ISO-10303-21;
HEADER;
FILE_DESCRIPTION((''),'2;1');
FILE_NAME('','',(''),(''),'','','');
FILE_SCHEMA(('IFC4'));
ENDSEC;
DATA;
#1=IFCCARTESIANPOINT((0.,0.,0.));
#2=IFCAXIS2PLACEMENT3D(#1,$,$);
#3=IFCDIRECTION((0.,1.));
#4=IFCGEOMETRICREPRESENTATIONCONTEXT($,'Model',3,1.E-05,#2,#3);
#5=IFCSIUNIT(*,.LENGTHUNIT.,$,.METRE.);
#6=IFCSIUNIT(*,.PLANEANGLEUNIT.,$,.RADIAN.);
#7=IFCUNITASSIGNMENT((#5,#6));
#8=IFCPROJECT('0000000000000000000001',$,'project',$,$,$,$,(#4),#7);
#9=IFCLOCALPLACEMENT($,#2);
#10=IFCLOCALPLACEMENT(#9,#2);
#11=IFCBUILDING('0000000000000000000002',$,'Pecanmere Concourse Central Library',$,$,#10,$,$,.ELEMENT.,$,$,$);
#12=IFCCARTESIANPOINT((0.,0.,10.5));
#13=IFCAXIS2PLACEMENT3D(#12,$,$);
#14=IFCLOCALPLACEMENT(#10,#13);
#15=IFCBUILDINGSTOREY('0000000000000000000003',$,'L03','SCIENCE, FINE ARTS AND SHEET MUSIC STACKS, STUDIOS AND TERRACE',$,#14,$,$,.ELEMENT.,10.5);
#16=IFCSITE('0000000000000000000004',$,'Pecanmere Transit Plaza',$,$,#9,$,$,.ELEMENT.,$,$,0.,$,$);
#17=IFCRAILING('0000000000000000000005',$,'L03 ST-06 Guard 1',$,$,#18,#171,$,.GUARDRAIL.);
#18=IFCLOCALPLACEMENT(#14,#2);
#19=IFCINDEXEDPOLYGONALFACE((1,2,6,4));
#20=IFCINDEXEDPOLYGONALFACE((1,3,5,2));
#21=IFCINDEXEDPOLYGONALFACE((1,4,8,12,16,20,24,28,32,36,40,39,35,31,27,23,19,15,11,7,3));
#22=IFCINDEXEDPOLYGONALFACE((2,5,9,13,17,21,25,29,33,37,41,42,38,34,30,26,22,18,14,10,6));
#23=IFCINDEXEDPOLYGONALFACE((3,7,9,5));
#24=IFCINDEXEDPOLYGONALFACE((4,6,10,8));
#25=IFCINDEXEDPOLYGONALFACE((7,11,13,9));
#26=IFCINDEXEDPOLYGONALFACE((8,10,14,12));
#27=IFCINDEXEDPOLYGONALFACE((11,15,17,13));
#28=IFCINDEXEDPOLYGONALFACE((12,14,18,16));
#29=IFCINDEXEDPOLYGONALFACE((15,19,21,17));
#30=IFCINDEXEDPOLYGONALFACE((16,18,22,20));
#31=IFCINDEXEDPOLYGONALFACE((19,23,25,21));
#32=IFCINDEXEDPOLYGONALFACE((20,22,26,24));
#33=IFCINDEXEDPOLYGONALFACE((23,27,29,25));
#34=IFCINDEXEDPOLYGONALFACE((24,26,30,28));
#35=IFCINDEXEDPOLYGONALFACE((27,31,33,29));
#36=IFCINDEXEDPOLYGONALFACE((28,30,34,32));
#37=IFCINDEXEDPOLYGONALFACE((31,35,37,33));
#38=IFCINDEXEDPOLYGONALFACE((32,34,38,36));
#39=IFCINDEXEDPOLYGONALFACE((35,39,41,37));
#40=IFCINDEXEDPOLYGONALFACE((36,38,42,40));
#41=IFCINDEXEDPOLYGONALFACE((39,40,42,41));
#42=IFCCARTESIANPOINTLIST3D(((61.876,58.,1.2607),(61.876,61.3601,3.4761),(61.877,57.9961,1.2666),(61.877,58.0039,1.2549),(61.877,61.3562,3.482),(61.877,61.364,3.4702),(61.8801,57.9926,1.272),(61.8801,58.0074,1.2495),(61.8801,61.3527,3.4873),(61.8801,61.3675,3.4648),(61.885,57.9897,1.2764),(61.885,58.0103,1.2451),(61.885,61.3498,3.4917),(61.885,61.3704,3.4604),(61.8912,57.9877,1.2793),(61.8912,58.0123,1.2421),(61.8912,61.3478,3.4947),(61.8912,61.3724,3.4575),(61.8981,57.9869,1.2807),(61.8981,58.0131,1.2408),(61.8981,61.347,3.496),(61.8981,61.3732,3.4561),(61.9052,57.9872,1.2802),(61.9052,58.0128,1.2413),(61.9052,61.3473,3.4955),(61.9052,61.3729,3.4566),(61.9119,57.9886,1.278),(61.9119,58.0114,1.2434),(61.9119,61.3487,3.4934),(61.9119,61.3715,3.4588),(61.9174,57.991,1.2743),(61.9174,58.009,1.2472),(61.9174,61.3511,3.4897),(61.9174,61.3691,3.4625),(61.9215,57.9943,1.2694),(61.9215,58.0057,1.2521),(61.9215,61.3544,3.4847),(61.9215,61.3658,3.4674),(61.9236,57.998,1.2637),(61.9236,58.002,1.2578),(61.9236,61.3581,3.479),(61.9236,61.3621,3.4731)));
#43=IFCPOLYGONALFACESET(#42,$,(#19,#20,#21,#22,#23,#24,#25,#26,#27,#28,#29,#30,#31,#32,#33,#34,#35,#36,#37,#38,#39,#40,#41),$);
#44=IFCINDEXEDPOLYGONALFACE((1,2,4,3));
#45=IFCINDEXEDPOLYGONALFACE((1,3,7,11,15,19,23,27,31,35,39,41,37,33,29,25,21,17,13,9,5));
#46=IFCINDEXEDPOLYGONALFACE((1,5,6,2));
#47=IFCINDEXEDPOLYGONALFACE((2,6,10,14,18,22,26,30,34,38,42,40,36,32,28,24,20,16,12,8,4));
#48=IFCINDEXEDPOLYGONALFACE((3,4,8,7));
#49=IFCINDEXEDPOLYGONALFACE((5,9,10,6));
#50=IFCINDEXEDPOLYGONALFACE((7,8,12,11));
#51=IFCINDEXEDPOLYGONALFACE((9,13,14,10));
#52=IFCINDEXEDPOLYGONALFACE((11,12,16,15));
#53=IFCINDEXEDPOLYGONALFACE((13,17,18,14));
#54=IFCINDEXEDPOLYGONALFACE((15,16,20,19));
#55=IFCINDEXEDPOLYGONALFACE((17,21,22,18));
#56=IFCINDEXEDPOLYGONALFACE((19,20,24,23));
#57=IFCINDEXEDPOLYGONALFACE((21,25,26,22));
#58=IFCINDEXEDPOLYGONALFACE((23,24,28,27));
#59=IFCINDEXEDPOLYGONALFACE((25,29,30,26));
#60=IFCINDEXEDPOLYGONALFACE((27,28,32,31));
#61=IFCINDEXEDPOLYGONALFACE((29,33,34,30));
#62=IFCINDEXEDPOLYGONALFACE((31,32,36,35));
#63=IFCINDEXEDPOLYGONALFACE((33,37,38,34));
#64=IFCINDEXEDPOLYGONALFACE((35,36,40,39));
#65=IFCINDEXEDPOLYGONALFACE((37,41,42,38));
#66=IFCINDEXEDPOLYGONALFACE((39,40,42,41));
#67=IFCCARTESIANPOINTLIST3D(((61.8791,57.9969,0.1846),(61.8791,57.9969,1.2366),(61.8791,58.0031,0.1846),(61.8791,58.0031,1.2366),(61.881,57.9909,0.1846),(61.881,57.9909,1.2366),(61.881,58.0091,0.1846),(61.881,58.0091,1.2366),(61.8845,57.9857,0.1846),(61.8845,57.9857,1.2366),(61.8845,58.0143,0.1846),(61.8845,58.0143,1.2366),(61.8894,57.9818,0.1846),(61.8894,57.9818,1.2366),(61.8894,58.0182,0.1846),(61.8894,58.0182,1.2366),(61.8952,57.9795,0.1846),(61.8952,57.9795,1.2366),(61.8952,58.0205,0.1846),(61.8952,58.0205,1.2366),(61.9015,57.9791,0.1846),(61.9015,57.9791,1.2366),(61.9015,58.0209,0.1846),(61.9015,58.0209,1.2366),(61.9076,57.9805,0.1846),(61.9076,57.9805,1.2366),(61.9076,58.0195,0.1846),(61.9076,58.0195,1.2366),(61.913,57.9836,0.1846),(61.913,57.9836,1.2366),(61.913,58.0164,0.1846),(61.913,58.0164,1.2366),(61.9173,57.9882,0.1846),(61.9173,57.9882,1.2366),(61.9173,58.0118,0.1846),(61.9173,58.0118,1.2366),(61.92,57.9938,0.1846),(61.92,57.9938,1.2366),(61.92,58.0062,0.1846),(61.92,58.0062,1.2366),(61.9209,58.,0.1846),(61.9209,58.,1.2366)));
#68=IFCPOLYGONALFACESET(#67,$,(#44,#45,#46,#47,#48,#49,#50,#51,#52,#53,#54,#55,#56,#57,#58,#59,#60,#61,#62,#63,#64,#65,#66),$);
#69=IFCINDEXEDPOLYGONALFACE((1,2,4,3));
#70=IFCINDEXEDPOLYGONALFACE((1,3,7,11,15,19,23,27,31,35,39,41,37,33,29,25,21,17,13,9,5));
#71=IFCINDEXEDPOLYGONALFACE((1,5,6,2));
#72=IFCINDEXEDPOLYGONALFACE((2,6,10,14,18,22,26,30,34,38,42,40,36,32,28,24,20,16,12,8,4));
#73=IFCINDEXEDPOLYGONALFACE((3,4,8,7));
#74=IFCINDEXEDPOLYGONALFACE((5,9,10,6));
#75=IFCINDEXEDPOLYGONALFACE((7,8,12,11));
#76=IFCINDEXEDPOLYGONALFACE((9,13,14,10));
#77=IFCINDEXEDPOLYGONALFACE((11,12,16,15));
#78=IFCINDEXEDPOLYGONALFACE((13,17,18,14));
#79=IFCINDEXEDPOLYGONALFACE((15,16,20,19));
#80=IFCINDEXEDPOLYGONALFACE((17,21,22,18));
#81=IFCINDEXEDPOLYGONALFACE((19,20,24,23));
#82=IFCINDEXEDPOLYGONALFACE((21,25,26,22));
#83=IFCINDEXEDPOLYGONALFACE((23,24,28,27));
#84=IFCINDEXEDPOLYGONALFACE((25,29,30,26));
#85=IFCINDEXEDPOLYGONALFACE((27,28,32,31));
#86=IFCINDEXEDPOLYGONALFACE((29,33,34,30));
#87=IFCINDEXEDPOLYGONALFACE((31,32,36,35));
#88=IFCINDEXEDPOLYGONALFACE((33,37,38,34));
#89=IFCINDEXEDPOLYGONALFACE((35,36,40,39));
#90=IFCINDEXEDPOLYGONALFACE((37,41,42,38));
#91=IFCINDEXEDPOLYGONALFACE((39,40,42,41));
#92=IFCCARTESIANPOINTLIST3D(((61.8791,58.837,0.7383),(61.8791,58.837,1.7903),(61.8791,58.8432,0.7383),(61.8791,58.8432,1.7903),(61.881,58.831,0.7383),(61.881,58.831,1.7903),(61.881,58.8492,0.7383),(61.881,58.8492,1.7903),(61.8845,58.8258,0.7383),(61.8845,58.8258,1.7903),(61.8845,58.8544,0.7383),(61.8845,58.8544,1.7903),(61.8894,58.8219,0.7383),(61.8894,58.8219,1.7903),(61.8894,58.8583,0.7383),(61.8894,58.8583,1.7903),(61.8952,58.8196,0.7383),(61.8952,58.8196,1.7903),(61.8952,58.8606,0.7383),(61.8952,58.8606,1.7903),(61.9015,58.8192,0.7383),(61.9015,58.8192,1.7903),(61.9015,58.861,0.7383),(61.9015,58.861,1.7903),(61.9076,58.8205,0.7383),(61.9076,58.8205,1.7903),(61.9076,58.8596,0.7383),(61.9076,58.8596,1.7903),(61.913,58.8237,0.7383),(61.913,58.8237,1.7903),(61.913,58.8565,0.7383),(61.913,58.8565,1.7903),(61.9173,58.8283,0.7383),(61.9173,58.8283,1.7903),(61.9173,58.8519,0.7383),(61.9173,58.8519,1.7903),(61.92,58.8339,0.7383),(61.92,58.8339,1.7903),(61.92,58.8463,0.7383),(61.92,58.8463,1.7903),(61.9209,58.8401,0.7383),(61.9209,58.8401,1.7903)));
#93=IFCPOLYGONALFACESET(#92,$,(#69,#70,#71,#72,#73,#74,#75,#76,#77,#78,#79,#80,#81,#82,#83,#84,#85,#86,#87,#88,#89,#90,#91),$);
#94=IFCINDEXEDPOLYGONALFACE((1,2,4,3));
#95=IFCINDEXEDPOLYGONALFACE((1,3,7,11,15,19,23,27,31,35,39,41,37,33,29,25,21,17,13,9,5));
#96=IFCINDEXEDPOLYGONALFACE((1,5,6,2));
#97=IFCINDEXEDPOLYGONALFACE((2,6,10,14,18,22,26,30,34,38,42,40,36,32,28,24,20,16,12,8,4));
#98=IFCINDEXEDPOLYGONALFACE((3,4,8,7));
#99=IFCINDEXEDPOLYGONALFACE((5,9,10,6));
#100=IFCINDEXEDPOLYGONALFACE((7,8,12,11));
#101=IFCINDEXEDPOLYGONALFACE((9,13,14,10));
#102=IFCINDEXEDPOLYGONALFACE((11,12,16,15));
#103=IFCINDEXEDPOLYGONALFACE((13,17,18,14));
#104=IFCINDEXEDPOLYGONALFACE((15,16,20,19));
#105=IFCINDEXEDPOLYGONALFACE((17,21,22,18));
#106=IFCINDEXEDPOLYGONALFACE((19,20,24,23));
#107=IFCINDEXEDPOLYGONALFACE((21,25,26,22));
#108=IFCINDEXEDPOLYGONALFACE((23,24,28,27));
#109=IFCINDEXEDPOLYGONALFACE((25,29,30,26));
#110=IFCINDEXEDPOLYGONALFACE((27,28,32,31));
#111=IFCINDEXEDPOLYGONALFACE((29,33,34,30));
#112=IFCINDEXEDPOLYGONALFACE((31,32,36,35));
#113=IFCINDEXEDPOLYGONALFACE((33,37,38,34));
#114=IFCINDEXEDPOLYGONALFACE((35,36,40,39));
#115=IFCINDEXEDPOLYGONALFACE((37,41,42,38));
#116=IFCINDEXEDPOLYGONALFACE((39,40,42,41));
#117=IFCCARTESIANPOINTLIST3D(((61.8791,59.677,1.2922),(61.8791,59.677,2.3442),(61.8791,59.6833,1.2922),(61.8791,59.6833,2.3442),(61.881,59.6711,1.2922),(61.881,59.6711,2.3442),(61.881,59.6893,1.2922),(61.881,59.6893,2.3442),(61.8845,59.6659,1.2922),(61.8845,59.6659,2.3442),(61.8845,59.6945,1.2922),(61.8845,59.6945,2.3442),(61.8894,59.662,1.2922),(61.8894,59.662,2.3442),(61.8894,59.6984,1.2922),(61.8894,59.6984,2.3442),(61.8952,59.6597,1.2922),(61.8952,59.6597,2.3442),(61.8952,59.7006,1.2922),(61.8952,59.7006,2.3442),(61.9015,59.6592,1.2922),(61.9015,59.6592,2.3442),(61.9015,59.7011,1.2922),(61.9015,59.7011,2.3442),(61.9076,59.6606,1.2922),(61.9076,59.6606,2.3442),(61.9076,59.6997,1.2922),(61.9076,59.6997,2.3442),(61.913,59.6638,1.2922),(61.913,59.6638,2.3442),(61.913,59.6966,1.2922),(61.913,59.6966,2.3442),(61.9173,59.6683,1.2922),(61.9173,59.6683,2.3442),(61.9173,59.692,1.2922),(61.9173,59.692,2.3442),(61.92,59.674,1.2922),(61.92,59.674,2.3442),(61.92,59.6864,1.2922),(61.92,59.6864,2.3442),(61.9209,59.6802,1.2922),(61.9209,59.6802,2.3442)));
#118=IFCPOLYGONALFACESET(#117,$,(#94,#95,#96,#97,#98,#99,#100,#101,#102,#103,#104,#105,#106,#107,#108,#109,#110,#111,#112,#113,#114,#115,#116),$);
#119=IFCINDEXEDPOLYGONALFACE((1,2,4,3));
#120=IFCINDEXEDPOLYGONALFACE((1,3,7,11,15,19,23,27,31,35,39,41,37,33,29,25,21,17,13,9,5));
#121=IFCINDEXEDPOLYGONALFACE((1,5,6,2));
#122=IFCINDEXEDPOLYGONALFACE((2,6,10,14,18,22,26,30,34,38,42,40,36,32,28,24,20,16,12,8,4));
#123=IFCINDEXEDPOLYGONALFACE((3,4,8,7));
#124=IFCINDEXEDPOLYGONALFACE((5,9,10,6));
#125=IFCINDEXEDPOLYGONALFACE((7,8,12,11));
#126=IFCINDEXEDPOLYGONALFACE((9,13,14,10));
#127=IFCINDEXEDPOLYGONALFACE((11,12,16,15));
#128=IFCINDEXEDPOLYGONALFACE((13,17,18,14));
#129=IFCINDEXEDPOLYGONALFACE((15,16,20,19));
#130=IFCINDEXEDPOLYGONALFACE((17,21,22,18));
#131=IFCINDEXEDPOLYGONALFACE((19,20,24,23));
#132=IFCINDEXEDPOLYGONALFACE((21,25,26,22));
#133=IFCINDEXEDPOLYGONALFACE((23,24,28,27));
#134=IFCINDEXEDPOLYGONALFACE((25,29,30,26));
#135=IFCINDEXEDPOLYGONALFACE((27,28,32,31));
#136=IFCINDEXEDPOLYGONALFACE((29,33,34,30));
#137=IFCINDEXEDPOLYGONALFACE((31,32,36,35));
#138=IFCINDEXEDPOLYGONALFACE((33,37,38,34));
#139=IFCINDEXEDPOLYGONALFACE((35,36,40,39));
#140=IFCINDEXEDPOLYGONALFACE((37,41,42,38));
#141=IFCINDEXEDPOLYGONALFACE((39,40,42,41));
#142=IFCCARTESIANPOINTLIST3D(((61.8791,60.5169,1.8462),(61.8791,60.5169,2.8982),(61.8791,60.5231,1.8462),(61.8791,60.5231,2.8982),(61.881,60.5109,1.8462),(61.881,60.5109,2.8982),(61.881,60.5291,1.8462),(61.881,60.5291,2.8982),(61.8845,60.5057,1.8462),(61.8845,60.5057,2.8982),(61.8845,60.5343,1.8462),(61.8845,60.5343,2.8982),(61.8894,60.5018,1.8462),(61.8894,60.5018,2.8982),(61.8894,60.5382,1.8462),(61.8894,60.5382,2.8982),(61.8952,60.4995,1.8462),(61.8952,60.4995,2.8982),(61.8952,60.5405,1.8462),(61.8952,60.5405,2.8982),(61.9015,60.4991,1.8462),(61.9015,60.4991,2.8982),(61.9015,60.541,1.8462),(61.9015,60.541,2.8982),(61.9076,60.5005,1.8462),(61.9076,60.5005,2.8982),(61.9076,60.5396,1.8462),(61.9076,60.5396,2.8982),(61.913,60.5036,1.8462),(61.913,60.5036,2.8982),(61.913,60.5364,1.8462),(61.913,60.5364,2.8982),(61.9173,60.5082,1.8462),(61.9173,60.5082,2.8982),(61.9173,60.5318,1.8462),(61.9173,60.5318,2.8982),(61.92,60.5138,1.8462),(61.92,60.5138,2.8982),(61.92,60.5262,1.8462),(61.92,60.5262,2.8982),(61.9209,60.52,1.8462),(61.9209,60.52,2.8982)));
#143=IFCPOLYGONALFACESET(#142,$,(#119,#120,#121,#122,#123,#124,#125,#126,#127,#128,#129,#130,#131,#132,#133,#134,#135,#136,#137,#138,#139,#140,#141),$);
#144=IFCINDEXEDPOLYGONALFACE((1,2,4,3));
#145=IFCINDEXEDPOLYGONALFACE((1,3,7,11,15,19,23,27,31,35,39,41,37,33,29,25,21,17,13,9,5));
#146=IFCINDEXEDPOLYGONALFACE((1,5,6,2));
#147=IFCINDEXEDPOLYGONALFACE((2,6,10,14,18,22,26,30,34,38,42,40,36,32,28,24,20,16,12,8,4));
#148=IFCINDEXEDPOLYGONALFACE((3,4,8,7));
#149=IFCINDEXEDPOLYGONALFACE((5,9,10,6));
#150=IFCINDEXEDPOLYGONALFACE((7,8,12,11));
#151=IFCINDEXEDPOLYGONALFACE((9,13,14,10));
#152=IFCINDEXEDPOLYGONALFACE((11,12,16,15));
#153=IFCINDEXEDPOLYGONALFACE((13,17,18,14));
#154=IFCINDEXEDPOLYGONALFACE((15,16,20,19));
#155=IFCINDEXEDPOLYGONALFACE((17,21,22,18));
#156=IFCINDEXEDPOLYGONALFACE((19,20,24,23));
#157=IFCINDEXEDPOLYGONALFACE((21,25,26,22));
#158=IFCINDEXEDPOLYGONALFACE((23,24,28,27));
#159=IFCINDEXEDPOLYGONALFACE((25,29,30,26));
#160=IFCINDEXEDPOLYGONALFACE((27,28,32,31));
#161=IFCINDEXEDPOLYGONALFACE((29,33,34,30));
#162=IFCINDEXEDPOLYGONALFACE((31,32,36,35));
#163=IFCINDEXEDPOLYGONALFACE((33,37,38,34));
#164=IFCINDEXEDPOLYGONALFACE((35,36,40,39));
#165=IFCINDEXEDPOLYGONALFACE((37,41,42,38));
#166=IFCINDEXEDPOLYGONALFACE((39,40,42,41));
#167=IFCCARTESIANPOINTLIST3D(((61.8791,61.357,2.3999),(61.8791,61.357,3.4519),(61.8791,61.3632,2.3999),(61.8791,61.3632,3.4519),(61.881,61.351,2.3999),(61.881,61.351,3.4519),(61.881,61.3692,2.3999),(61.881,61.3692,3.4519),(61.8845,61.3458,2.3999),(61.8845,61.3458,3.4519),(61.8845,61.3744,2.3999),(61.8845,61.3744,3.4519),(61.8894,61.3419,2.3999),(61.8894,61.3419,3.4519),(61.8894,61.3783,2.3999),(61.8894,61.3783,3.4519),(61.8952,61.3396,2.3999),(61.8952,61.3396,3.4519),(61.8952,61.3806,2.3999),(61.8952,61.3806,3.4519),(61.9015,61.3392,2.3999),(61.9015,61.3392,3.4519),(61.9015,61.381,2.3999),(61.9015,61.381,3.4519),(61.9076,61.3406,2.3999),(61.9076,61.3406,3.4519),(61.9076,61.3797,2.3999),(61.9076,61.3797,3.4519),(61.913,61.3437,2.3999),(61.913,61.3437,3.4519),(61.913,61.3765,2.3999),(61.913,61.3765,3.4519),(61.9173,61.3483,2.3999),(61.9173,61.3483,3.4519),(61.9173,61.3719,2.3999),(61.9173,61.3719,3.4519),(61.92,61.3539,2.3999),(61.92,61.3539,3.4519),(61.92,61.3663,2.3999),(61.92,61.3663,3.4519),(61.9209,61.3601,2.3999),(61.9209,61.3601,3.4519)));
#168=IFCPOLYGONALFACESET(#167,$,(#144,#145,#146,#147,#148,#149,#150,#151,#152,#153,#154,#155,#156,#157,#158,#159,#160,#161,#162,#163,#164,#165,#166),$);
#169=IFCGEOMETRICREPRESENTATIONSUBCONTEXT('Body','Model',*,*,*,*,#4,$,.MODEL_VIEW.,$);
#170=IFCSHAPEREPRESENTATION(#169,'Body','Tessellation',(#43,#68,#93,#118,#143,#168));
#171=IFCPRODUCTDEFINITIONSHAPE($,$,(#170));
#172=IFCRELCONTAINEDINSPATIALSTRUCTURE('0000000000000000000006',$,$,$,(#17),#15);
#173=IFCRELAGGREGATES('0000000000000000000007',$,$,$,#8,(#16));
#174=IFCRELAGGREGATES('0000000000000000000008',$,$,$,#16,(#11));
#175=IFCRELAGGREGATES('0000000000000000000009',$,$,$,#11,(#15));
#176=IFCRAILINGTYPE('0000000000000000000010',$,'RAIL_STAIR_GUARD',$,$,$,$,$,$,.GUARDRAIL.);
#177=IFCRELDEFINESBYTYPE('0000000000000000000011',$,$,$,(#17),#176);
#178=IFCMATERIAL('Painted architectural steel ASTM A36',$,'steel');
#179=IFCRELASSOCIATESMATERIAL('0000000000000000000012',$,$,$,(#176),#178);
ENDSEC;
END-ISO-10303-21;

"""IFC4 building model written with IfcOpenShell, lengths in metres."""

from ifc_helpers import new_model, si_unit, direction, frame, origin, origin_2d, place, context, subcontext, project, spatial, circle, extrude, material, type_object, element, save


model = new_model("IFC4")

# Units and contexts
model_context = context("Model", 3, precision=1e-05, world=origin(), true_north=direction((0.0, 1.0)))
body_context = subcontext(model_context, "Body", "Model", "MODEL_VIEW")
ifc_project = project(units=[si_unit("LENGTHUNIT", "METRE"), si_unit("PLANEANGLEUNIT", "RADIAN")], contexts=[model_context])

# Site, building, storey
site_placement = place(None, origin())
site = spatial("IfcSite", under=ifc_project, at=site_placement, Name="Pecanmere Transit Plaza", CompositionType="ELEMENT", RefElevation=0.0)
building_placement = place(site_placement, origin())
building = spatial("IfcBuilding", under=site, at=building_placement, Name="Pecanmere Concourse Central Library", CompositionType="ELEMENT")
storey_placement = place(building_placement, frame((0.0, 0.0, 10.5)))
storey = spatial("IfcBuildingStorey", under=building, at=storey_placement, Name="L03", Description="SCIENCE, FINE ARTS AND SHEET MUSIC STACKS, STUDIOS AND TERRACE", CompositionType="ELEMENT", Elevation=10.5)

# Railing
ifc_material_1 = material(Name="Painted architectural steel ASTM A36", Category="steel")
railing_type_1 = type_object("IfcRailingType", Name="RAIL_STAIR_GUARD", PredefinedType="GUARDRAIL", material=ifc_material_1)
railing_1_placement = place(storey_placement, frame((61.8999, 58.0, 0.1846)))
element("IfcRailing", 1, at=railing_1_placement, inside=storey, type_object=railing_type_1, Name="L03 ST-06 Guard 1", PredefinedType="GUARDRAIL", context=body_context, shape_type="SweptSolid", body=[
    extrude(circle(Radius=0.0239, at=origin_2d()), frame((0.0, 0.0, 1.0762), z_axis=(0.0, 0.834876, 0.550437), x_axis=(-1.0, 0.0, 0.0)), (0.0, 0.0, 1.0), 4.0247),
    extrude(circle(Radius=0.021, at=origin_2d()), origin(), (0.0, 0.0, 1.0), 1.052),
    extrude(circle(Radius=0.021, at=origin_2d()), frame((0.0, 0.8401, 0.5537)), (0.0, 0.0, 1.0), 1.052),
    extrude(circle(Radius=0.021, at=origin_2d()), frame((0.0, 1.6802, 1.1077)), (0.0, 0.0, 1.0), 1.052),
    extrude(circle(Radius=0.021, at=origin_2d()), frame((0.0, 2.52, 1.6616)), (0.0, 0.0, 1.0), 1.052),
    extrude(circle(Radius=0.021, at=origin_2d()), frame((0.0, 3.3601, 2.2153)), (0.0, 0.0, 1.0), 1.052),
])

save(model, "model.ifc")
